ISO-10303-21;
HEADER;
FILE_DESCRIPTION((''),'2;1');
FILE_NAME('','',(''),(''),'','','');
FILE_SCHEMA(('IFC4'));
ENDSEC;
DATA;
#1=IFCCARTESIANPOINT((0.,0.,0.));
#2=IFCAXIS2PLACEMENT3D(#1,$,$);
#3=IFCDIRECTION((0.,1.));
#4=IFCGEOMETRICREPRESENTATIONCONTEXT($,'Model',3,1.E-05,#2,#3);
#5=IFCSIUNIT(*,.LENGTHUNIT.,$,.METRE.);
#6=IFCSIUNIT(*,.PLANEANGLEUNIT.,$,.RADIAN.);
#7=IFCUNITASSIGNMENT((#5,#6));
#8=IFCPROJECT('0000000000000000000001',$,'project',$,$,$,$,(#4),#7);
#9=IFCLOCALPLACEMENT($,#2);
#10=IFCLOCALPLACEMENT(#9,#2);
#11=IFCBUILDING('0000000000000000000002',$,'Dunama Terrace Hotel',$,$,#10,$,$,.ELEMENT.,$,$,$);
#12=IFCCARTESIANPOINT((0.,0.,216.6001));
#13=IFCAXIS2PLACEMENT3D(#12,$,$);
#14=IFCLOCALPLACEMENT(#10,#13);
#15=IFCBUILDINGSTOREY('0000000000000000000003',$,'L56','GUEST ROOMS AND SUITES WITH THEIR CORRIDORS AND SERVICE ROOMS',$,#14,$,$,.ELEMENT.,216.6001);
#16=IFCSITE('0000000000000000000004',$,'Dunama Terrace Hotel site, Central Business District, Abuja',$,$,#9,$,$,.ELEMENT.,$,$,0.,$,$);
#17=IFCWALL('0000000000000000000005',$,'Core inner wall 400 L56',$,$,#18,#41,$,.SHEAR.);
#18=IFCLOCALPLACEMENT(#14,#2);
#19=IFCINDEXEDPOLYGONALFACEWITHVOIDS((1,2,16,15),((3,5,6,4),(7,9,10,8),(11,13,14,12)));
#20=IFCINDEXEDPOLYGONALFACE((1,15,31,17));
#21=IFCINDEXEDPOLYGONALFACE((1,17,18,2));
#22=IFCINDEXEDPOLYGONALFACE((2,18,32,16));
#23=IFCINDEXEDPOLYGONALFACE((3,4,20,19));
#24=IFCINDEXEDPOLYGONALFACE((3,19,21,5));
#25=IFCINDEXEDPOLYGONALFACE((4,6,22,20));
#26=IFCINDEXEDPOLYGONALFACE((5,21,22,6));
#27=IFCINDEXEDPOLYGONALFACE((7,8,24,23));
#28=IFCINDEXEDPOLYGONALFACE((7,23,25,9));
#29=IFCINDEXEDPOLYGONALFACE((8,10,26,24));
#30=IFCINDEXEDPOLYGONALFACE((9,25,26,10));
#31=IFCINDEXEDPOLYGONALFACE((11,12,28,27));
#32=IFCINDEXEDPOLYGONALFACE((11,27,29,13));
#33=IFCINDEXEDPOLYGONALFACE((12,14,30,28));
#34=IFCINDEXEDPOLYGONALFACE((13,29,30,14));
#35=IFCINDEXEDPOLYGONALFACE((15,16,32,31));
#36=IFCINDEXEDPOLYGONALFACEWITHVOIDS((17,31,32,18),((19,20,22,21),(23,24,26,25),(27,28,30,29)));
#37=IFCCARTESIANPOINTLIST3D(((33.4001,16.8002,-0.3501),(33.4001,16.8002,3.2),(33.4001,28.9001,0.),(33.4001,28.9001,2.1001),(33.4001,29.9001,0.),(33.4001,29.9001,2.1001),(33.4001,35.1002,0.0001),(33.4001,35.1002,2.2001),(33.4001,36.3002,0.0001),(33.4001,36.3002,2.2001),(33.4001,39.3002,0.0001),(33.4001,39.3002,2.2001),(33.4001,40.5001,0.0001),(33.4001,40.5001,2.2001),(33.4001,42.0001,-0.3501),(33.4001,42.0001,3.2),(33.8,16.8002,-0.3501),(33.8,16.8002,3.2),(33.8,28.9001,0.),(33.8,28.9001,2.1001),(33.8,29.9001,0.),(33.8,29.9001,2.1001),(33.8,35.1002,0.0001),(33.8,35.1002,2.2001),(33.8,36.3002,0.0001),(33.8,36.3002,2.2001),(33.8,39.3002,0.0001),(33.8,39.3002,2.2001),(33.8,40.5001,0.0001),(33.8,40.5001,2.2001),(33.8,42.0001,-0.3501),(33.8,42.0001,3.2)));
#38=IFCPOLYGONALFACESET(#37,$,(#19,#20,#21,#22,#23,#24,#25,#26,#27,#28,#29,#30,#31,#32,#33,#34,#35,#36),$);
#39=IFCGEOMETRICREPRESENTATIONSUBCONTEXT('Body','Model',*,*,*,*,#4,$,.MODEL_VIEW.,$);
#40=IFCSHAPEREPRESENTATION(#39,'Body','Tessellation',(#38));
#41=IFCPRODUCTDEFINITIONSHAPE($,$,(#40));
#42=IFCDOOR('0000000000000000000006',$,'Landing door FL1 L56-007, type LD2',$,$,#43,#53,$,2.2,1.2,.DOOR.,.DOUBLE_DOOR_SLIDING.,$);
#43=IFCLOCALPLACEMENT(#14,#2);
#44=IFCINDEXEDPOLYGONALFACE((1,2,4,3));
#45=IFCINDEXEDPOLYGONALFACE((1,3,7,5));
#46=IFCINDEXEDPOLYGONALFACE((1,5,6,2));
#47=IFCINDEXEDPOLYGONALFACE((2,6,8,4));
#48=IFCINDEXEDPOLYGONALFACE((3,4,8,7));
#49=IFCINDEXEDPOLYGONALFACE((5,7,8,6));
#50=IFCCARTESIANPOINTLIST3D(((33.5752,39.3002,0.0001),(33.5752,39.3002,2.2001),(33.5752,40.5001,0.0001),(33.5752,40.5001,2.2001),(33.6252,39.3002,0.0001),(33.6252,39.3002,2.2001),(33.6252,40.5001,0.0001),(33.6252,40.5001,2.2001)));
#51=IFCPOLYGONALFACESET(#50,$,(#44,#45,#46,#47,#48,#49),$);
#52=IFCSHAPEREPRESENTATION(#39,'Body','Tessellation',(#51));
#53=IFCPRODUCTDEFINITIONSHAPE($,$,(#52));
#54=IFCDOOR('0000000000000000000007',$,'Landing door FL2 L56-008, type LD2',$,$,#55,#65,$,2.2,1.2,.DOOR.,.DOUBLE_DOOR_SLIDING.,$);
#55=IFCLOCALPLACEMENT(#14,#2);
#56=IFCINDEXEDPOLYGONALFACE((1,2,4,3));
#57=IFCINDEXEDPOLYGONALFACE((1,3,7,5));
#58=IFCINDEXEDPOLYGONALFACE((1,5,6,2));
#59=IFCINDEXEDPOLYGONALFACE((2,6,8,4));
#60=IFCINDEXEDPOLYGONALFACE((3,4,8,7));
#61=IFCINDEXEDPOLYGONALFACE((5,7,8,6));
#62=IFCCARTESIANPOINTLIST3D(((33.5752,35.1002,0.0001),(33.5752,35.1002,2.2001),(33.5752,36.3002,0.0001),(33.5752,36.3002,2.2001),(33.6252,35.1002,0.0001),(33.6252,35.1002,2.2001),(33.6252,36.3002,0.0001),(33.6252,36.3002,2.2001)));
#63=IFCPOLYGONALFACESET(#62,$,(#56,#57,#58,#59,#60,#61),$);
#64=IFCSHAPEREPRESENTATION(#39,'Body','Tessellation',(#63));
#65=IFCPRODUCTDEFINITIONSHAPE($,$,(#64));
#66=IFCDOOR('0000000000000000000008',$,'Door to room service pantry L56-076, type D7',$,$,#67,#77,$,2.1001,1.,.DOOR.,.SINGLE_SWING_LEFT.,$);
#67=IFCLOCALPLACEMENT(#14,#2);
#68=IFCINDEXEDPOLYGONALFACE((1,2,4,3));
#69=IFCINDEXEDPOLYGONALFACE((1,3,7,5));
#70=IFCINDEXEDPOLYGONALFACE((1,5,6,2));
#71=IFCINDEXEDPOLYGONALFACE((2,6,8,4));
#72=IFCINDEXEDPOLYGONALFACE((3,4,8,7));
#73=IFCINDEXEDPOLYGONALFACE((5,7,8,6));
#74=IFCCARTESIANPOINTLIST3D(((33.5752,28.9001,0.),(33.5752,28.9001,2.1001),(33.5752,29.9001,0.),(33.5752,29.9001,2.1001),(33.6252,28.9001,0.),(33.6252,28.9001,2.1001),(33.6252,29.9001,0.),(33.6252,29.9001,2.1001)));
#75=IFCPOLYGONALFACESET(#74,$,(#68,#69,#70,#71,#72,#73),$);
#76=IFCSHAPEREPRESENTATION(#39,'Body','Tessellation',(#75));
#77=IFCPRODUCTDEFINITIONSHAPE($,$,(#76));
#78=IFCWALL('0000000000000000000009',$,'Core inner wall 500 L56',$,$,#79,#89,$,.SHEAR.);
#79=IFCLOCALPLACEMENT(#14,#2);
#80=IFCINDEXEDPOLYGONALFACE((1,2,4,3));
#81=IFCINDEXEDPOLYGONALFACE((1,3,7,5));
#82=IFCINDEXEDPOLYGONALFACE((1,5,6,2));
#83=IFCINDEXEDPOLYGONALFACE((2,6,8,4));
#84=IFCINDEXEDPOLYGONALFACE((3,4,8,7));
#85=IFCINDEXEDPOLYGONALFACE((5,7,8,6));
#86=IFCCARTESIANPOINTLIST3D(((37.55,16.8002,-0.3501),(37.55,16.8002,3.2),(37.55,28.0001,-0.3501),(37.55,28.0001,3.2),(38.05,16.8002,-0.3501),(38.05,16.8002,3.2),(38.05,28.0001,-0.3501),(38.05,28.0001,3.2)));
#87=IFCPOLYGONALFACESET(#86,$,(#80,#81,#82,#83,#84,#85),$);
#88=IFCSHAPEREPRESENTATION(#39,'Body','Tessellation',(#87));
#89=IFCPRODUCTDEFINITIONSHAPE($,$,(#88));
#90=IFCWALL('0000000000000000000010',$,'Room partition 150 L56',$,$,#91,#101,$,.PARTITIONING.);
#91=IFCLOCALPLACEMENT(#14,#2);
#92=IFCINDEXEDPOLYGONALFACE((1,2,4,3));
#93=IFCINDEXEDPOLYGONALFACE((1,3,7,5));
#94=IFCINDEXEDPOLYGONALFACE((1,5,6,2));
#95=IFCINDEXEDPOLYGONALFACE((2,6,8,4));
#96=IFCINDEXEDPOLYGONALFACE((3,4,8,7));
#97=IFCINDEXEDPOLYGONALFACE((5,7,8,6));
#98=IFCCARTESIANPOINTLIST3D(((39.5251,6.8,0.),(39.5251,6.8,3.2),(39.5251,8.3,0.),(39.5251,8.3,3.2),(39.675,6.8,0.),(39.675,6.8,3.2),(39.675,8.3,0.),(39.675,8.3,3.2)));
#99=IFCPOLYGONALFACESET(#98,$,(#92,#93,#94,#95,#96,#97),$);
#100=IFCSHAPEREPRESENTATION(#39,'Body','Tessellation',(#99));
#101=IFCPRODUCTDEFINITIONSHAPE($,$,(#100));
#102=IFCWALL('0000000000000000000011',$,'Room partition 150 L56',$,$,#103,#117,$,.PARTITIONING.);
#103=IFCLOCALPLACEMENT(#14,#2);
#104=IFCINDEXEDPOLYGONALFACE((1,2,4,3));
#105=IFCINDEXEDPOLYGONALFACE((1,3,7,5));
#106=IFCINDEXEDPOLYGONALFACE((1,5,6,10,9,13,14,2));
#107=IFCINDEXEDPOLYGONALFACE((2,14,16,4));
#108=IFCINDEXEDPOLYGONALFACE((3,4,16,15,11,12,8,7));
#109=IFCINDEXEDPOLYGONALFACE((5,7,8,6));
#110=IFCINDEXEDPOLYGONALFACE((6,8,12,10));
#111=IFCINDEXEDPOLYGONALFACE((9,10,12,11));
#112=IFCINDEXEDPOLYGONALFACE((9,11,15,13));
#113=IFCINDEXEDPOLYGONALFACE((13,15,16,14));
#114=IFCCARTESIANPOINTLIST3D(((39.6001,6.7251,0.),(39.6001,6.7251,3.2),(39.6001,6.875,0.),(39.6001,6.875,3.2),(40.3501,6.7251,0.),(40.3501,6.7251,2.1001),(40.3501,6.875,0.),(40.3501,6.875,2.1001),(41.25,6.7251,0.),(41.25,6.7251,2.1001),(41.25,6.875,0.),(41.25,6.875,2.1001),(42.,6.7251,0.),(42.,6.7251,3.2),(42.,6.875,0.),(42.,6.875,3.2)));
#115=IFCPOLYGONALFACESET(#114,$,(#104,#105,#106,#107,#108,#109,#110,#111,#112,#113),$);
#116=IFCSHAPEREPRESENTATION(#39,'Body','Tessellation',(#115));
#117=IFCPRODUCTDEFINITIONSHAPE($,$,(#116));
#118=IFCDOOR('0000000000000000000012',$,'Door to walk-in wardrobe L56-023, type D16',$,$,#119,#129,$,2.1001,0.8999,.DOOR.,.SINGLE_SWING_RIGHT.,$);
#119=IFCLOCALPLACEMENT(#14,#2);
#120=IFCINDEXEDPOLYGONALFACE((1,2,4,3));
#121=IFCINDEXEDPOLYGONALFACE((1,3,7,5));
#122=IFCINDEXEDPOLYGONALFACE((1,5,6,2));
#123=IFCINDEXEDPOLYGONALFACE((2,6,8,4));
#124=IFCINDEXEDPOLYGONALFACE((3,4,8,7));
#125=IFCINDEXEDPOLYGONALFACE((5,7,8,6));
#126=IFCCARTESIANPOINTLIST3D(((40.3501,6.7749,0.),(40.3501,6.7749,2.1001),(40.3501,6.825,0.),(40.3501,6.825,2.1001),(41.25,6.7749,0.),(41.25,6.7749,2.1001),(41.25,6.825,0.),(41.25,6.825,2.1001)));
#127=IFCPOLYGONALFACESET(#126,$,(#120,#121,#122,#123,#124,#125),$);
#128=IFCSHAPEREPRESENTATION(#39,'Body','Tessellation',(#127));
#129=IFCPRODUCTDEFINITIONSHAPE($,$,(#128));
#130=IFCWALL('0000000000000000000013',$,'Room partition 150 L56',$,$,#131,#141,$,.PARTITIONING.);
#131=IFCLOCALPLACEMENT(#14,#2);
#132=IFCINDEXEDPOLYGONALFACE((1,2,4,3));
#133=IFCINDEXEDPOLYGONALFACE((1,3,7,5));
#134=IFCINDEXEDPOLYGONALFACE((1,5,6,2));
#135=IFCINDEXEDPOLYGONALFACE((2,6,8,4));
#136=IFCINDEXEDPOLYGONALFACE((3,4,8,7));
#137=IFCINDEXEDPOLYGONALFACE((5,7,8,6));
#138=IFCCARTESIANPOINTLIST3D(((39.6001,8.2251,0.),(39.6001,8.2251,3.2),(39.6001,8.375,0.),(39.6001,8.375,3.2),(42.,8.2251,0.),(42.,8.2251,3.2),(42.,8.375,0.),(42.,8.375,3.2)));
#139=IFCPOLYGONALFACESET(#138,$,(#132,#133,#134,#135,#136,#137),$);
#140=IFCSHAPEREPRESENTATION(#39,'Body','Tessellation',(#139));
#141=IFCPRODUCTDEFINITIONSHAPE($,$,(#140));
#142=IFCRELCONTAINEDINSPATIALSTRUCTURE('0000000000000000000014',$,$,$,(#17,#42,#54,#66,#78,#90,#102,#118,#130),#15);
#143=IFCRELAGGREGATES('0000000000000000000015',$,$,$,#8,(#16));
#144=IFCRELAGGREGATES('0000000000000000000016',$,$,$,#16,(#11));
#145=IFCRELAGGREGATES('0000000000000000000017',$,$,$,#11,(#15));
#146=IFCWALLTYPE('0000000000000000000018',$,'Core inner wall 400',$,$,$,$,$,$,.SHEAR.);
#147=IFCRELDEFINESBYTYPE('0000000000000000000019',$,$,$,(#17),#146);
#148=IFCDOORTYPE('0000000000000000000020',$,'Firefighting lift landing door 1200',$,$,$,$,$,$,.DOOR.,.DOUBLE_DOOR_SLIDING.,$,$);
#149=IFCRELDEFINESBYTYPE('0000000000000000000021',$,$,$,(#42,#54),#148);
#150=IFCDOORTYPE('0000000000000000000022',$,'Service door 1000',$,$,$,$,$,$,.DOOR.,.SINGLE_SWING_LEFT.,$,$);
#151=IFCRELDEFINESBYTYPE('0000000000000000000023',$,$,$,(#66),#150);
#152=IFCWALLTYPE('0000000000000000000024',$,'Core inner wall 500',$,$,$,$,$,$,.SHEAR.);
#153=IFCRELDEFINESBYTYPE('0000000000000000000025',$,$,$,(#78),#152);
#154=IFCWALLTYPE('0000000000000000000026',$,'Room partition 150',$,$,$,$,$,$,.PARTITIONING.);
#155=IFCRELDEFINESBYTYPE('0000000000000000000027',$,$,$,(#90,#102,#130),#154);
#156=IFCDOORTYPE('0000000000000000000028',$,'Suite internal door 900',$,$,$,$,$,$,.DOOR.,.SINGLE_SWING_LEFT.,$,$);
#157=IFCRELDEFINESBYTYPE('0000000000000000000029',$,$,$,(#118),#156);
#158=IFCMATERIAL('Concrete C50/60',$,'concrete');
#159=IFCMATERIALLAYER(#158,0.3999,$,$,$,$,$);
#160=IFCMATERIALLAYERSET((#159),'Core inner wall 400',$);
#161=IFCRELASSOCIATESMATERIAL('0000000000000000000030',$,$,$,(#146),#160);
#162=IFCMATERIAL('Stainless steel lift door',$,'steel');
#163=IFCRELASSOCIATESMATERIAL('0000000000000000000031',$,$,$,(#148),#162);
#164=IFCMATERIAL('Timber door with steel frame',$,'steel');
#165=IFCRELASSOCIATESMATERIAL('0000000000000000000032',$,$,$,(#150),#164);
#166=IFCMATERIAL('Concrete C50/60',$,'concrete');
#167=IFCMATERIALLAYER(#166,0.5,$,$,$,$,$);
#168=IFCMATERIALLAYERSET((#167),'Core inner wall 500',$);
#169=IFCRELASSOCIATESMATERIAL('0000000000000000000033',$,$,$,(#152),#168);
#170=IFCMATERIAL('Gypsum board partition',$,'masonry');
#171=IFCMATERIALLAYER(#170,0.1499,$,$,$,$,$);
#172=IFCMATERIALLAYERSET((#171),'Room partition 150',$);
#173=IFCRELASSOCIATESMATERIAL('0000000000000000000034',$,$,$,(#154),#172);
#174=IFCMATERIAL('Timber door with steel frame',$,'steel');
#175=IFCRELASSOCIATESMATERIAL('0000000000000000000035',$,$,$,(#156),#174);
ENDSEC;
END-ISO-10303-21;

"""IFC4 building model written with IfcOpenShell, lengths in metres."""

from ifc_helpers import new_model, si_unit, direction, frame, frame_2d, origin, place, context, subcontext, project, spatial, rectangle, extrude, material, layer, layer_set, type_object, element, fill, save


model = new_model("IFC4")

# Units and contexts
model_context = context("Model", 3, precision=1e-05, world=origin(), true_north=direction((0.0, 1.0)))
body_context = subcontext(model_context, "Body", "Model", "MODEL_VIEW")
ifc_project = project(units=[si_unit("LENGTHUNIT", "METRE"), si_unit("PLANEANGLEUNIT", "RADIAN")], contexts=[model_context])

# Site, building, storey
site_placement = place(None, origin())
site = spatial("IfcSite", under=ifc_project, at=site_placement, Name="Dunama Terrace Hotel site, Central Business District, Abuja", CompositionType="ELEMENT", RefElevation=0.0)
building_placement = place(site_placement, origin())
building = spatial("IfcBuilding", under=site, at=building_placement, Name="Dunama Terrace Hotel", CompositionType="ELEMENT")
storey_placement = place(building_placement, frame((0.0, 0.0, 216.6001)))
storey = spatial("IfcBuildingStorey", under=building, at=storey_placement, Name="L56", Description="GUEST ROOMS AND SUITES WITH THEIR CORRIDORS AND SERVICE ROOMS", CompositionType="ELEMENT", Elevation=216.6001)

# Wall, openings, doors
ifc_material_1 = material(Name="Concrete C50/60", Category="concrete")
ifc_layer_1 = layer(ifc_material_1, 0.3999)
ifc_layer_set_1 = layer_set([ifc_layer_1], Name="Core inner wall 400")
wall_type_1 = type_object("IfcWallType", Name="Core inner wall 400", PredefinedType="SHEAR", material=ifc_layer_set_1)
wall_1_placement = place(storey_placement, frame((33.6001, 16.8, -0.3501), z_axis=(0.0, 0.0, 1.0), x_axis=(0.0, 1.0, 0.0)))
wall_1 = element("IfcWall", 1, at=wall_1_placement, inside=storey, type_object=wall_type_1, Name="Core inner wall 400 L56", PredefinedType="SHEAR", context=body_context, shape_type="SweptSolid", body=[
    extrude(rectangle(XDim=25.2, YDim=0.3999, at=frame_2d((12.6001, 0.0))), origin(), (0.0, 0.0, 1.0), 3.55),
])
opening_1_placement = place(wall_1_placement, frame((22.5, 0.0, 0.3501)))
opening_1 = element("IfcOpeningElement", 2, at=opening_1_placement, cuts=wall_1, PredefinedType="OPENING", context=body_context, shape_type="SweptSolid", body=[
    extrude(rectangle(XDim=1.2, YDim=2.2, at=frame_2d((0.6001, 1.1001))), frame((0.0, 0.21, 0.0), z_axis=(0.0, -1.0, 0.0), x_axis=(1.0, 0.0, 0.0)), (0.0, 0.0, 1.0), 0.4199),
])
opening_2_placement = place(wall_1_placement, frame((18.3, 0.0, 0.3501)))
opening_2 = element("IfcOpeningElement", 3, at=opening_2_placement, cuts=wall_1, PredefinedType="OPENING", context=body_context, shape_type="SweptSolid", body=[
    extrude(rectangle(XDim=1.2, YDim=2.2, at=frame_2d((0.6001, 1.1001))), frame((0.0, 0.21, 0.0), z_axis=(0.0, -1.0, 0.0), x_axis=(1.0, 0.0, 0.0)), (0.0, 0.0, 1.0), 0.4199),
])
opening_3_placement = place(wall_1_placement, frame((12.1001, 0.0, 0.3501)))
opening_3 = element("IfcOpeningElement", 4, at=opening_3_placement, cuts=wall_1, PredefinedType="OPENING", context=body_context, shape_type="SweptSolid", body=[
    extrude(rectangle(XDim=1.0, YDim=2.1001, at=frame_2d((0.5, 1.05))), frame((0.0, 0.21, 0.0), z_axis=(0.0, -1.0, 0.0), x_axis=(1.0, 0.0, 0.0)), (0.0, 0.0, 1.0), 0.4199),
])
ifc_material_2 = material(Name="Stainless steel lift door", Category="steel")
door_type_1 = type_object("IfcDoorType", Name="Firefighting lift landing door 1200", OperationType="DOUBLE_DOOR_SLIDING", PredefinedType="DOOR", material=ifc_material_2)
door_1_placement = place(opening_1_placement, origin())
door_1 = element("IfcDoor", 5, at=door_1_placement, inside=storey, type_object=door_type_1, Name="Landing door FL1 L56-007, type LD2", OperationType="DOUBLE_DOOR_SLIDING", OverallHeight=2.2, OverallWidth=1.2, PredefinedType="DOOR", context=body_context, shape_type="SweptSolid", body=[
    extrude(rectangle(XDim=1.2, YDim=2.2, at=frame_2d((0.6001, 1.1001))), frame((0.0, 0.0249, 0.0), z_axis=(0.0, -1.0, 0.0), x_axis=(1.0, 0.0, 0.0)), (0.0, 0.0, 1.0), 0.05),
])
fill(opening_1, door_1)
door_2_placement = place(opening_2_placement, origin())
door_2 = element("IfcDoor", 6, at=door_2_placement, inside=storey, type_object=door_type_1, Name="Landing door FL2 L56-008, type LD2", OperationType="DOUBLE_DOOR_SLIDING", OverallHeight=2.2, OverallWidth=1.2, PredefinedType="DOOR", context=body_context, shape_type="SweptSolid", body=[
    extrude(rectangle(XDim=1.2, YDim=2.2, at=frame_2d((0.6001, 1.1001))), frame((0.0, 0.0249, 0.0), z_axis=(0.0, -1.0, 0.0), x_axis=(1.0, 0.0, 0.0)), (0.0, 0.0, 1.0), 0.05),
])
fill(opening_2, door_2)
ifc_material_3 = material(Name="Timber door with steel frame", Category="steel")
door_type_2 = type_object("IfcDoorType", Name="Service door 1000", OperationType="SINGLE_SWING_LEFT", PredefinedType="DOOR", material=ifc_material_3)
door_3_placement = place(opening_3_placement, origin())
door_3 = element("IfcDoor", 7, at=door_3_placement, inside=storey, type_object=door_type_2, Name="Door to room service pantry L56-076, type D7", OperationType="SINGLE_SWING_LEFT", OverallHeight=2.1001, OverallWidth=1.0, PredefinedType="DOOR", context=body_context, shape_type="SweptSolid", body=[
    extrude(rectangle(XDim=1.0, YDim=2.1001, at=frame_2d((0.5, 1.05))), frame((0.0, 0.0249, 0.0), z_axis=(0.0, -1.0, 0.0), x_axis=(1.0, 0.0, 0.0)), (0.0, 0.0, 1.0), 0.05),
])
fill(opening_3, door_3)

# Walls
ifc_material_4 = material(Name="Concrete C50/60", Category="concrete")
ifc_layer_2 = layer(ifc_material_4, 0.5)
ifc_layer_set_2 = layer_set([ifc_layer_2], Name="Core inner wall 500")
wall_type_2 = type_object("IfcWallType", Name="Core inner wall 500", PredefinedType="SHEAR", material=ifc_layer_set_2)
wall_2_placement = place(storey_placement, frame((37.8, 16.8, -0.3501), z_axis=(0.0, 0.0, 1.0), x_axis=(0.0, 1.0, 0.0)))
element("IfcWall", 8, at=wall_2_placement, inside=storey, type_object=wall_type_2, Name="Core inner wall 500 L56", PredefinedType="SHEAR", context=body_context, shape_type="SweptSolid", body=[
    extrude(rectangle(XDim=11.2, YDim=0.5, at=frame_2d((5.6001, 0.0))), origin(), (0.0, 0.0, 1.0), 3.55),
])
ifc_material_5 = material(Name="Gypsum board partition", Category="masonry")
ifc_layer_3 = layer(ifc_material_5, 0.1499)
ifc_layer_set_3 = layer_set([ifc_layer_3], Name="Room partition 150")
wall_type_3 = type_object("IfcWallType", Name="Room partition 150", PredefinedType="PARTITIONING", material=ifc_layer_set_3)
wall_3_placement = place(storey_placement, frame((39.6001, 6.8, 0.0), z_axis=(0.0, 0.0, 1.0), x_axis=(0.0, 1.0, 0.0)))
element("IfcWall", 9, at=wall_3_placement, inside=storey, type_object=wall_type_3, Name="Room partition 150 L56", PredefinedType="PARTITIONING", context=body_context, shape_type="SweptSolid", body=[
    extrude(rectangle(XDim=1.5, YDim=0.1499, at=frame_2d((0.75, 0.0))), origin(), (0.0, 0.0, 1.0), 3.2),
])

# Wall, opening, door
wall_4_placement = place(storey_placement, frame((39.6001, 6.8, 0.0), z_axis=(0.0, 0.0, 1.0), x_axis=(1.0, 0.0, 0.0)))
wall_4 = element("IfcWall", 10, at=wall_4_placement, inside=storey, type_object=wall_type_3, Name="Room partition 150 L56", PredefinedType="PARTITIONING", context=body_context, shape_type="SweptSolid", body=[
    extrude(rectangle(XDim=2.3999, YDim=0.1499, at=frame_2d((1.2, 0.0))), origin(), (0.0, 0.0, 1.0), 3.2),
])
opening_4_placement = place(wall_4_placement, frame((0.75, 0.0, 0.0)))
opening_4 = element("IfcOpeningElement", 11, at=opening_4_placement, cuts=wall_4, PredefinedType="OPENING", context=body_context, shape_type="SweptSolid", body=[
    extrude(rectangle(XDim=0.8999, YDim=2.1001, at=frame_2d((0.45, 1.05))), frame((0.0, 0.085, 0.0), z_axis=(0.0, -1.0, 0.0), x_axis=(1.0, 0.0, 0.0)), (0.0, 0.0, 1.0), 0.1699),
])
ifc_material_6 = material(Name="Timber door with steel frame", Category="steel")
door_type_3 = type_object("IfcDoorType", Name="Suite internal door 900", OperationType="SINGLE_SWING_LEFT", PredefinedType="DOOR", material=ifc_material_6)
door_4_placement = place(opening_4_placement, origin())
door_4 = element("IfcDoor", 12, at=door_4_placement, inside=storey, type_object=door_type_3, Name="Door to walk-in wardrobe L56-023, type D16", OperationType="SINGLE_SWING_RIGHT", OverallHeight=2.1001, OverallWidth=0.8999, PredefinedType="DOOR", context=body_context, shape_type="SweptSolid", body=[
    extrude(rectangle(XDim=0.8999, YDim=2.1001, at=frame_2d((0.45, 1.05))), frame((0.0, 0.0249, 0.0), z_axis=(0.0, -1.0, 0.0), x_axis=(1.0, 0.0, 0.0)), (0.0, 0.0, 1.0), 0.05),
])
fill(opening_4, door_4)

# Wall
wall_5_placement = place(storey_placement, frame((39.6001, 8.3, 0.0), z_axis=(0.0, 0.0, 1.0), x_axis=(1.0, 0.0, 0.0)))
element("IfcWall", 13, at=wall_5_placement, inside=storey, type_object=wall_type_3, Name="Room partition 150 L56", PredefinedType="PARTITIONING", context=body_context, shape_type="SweptSolid", body=[
    extrude(rectangle(XDim=2.3999, YDim=0.1499, at=frame_2d((1.2, 0.0))), origin(), (0.0, 0.0, 1.0), 3.2),
])

save(model, "model.ifc")
